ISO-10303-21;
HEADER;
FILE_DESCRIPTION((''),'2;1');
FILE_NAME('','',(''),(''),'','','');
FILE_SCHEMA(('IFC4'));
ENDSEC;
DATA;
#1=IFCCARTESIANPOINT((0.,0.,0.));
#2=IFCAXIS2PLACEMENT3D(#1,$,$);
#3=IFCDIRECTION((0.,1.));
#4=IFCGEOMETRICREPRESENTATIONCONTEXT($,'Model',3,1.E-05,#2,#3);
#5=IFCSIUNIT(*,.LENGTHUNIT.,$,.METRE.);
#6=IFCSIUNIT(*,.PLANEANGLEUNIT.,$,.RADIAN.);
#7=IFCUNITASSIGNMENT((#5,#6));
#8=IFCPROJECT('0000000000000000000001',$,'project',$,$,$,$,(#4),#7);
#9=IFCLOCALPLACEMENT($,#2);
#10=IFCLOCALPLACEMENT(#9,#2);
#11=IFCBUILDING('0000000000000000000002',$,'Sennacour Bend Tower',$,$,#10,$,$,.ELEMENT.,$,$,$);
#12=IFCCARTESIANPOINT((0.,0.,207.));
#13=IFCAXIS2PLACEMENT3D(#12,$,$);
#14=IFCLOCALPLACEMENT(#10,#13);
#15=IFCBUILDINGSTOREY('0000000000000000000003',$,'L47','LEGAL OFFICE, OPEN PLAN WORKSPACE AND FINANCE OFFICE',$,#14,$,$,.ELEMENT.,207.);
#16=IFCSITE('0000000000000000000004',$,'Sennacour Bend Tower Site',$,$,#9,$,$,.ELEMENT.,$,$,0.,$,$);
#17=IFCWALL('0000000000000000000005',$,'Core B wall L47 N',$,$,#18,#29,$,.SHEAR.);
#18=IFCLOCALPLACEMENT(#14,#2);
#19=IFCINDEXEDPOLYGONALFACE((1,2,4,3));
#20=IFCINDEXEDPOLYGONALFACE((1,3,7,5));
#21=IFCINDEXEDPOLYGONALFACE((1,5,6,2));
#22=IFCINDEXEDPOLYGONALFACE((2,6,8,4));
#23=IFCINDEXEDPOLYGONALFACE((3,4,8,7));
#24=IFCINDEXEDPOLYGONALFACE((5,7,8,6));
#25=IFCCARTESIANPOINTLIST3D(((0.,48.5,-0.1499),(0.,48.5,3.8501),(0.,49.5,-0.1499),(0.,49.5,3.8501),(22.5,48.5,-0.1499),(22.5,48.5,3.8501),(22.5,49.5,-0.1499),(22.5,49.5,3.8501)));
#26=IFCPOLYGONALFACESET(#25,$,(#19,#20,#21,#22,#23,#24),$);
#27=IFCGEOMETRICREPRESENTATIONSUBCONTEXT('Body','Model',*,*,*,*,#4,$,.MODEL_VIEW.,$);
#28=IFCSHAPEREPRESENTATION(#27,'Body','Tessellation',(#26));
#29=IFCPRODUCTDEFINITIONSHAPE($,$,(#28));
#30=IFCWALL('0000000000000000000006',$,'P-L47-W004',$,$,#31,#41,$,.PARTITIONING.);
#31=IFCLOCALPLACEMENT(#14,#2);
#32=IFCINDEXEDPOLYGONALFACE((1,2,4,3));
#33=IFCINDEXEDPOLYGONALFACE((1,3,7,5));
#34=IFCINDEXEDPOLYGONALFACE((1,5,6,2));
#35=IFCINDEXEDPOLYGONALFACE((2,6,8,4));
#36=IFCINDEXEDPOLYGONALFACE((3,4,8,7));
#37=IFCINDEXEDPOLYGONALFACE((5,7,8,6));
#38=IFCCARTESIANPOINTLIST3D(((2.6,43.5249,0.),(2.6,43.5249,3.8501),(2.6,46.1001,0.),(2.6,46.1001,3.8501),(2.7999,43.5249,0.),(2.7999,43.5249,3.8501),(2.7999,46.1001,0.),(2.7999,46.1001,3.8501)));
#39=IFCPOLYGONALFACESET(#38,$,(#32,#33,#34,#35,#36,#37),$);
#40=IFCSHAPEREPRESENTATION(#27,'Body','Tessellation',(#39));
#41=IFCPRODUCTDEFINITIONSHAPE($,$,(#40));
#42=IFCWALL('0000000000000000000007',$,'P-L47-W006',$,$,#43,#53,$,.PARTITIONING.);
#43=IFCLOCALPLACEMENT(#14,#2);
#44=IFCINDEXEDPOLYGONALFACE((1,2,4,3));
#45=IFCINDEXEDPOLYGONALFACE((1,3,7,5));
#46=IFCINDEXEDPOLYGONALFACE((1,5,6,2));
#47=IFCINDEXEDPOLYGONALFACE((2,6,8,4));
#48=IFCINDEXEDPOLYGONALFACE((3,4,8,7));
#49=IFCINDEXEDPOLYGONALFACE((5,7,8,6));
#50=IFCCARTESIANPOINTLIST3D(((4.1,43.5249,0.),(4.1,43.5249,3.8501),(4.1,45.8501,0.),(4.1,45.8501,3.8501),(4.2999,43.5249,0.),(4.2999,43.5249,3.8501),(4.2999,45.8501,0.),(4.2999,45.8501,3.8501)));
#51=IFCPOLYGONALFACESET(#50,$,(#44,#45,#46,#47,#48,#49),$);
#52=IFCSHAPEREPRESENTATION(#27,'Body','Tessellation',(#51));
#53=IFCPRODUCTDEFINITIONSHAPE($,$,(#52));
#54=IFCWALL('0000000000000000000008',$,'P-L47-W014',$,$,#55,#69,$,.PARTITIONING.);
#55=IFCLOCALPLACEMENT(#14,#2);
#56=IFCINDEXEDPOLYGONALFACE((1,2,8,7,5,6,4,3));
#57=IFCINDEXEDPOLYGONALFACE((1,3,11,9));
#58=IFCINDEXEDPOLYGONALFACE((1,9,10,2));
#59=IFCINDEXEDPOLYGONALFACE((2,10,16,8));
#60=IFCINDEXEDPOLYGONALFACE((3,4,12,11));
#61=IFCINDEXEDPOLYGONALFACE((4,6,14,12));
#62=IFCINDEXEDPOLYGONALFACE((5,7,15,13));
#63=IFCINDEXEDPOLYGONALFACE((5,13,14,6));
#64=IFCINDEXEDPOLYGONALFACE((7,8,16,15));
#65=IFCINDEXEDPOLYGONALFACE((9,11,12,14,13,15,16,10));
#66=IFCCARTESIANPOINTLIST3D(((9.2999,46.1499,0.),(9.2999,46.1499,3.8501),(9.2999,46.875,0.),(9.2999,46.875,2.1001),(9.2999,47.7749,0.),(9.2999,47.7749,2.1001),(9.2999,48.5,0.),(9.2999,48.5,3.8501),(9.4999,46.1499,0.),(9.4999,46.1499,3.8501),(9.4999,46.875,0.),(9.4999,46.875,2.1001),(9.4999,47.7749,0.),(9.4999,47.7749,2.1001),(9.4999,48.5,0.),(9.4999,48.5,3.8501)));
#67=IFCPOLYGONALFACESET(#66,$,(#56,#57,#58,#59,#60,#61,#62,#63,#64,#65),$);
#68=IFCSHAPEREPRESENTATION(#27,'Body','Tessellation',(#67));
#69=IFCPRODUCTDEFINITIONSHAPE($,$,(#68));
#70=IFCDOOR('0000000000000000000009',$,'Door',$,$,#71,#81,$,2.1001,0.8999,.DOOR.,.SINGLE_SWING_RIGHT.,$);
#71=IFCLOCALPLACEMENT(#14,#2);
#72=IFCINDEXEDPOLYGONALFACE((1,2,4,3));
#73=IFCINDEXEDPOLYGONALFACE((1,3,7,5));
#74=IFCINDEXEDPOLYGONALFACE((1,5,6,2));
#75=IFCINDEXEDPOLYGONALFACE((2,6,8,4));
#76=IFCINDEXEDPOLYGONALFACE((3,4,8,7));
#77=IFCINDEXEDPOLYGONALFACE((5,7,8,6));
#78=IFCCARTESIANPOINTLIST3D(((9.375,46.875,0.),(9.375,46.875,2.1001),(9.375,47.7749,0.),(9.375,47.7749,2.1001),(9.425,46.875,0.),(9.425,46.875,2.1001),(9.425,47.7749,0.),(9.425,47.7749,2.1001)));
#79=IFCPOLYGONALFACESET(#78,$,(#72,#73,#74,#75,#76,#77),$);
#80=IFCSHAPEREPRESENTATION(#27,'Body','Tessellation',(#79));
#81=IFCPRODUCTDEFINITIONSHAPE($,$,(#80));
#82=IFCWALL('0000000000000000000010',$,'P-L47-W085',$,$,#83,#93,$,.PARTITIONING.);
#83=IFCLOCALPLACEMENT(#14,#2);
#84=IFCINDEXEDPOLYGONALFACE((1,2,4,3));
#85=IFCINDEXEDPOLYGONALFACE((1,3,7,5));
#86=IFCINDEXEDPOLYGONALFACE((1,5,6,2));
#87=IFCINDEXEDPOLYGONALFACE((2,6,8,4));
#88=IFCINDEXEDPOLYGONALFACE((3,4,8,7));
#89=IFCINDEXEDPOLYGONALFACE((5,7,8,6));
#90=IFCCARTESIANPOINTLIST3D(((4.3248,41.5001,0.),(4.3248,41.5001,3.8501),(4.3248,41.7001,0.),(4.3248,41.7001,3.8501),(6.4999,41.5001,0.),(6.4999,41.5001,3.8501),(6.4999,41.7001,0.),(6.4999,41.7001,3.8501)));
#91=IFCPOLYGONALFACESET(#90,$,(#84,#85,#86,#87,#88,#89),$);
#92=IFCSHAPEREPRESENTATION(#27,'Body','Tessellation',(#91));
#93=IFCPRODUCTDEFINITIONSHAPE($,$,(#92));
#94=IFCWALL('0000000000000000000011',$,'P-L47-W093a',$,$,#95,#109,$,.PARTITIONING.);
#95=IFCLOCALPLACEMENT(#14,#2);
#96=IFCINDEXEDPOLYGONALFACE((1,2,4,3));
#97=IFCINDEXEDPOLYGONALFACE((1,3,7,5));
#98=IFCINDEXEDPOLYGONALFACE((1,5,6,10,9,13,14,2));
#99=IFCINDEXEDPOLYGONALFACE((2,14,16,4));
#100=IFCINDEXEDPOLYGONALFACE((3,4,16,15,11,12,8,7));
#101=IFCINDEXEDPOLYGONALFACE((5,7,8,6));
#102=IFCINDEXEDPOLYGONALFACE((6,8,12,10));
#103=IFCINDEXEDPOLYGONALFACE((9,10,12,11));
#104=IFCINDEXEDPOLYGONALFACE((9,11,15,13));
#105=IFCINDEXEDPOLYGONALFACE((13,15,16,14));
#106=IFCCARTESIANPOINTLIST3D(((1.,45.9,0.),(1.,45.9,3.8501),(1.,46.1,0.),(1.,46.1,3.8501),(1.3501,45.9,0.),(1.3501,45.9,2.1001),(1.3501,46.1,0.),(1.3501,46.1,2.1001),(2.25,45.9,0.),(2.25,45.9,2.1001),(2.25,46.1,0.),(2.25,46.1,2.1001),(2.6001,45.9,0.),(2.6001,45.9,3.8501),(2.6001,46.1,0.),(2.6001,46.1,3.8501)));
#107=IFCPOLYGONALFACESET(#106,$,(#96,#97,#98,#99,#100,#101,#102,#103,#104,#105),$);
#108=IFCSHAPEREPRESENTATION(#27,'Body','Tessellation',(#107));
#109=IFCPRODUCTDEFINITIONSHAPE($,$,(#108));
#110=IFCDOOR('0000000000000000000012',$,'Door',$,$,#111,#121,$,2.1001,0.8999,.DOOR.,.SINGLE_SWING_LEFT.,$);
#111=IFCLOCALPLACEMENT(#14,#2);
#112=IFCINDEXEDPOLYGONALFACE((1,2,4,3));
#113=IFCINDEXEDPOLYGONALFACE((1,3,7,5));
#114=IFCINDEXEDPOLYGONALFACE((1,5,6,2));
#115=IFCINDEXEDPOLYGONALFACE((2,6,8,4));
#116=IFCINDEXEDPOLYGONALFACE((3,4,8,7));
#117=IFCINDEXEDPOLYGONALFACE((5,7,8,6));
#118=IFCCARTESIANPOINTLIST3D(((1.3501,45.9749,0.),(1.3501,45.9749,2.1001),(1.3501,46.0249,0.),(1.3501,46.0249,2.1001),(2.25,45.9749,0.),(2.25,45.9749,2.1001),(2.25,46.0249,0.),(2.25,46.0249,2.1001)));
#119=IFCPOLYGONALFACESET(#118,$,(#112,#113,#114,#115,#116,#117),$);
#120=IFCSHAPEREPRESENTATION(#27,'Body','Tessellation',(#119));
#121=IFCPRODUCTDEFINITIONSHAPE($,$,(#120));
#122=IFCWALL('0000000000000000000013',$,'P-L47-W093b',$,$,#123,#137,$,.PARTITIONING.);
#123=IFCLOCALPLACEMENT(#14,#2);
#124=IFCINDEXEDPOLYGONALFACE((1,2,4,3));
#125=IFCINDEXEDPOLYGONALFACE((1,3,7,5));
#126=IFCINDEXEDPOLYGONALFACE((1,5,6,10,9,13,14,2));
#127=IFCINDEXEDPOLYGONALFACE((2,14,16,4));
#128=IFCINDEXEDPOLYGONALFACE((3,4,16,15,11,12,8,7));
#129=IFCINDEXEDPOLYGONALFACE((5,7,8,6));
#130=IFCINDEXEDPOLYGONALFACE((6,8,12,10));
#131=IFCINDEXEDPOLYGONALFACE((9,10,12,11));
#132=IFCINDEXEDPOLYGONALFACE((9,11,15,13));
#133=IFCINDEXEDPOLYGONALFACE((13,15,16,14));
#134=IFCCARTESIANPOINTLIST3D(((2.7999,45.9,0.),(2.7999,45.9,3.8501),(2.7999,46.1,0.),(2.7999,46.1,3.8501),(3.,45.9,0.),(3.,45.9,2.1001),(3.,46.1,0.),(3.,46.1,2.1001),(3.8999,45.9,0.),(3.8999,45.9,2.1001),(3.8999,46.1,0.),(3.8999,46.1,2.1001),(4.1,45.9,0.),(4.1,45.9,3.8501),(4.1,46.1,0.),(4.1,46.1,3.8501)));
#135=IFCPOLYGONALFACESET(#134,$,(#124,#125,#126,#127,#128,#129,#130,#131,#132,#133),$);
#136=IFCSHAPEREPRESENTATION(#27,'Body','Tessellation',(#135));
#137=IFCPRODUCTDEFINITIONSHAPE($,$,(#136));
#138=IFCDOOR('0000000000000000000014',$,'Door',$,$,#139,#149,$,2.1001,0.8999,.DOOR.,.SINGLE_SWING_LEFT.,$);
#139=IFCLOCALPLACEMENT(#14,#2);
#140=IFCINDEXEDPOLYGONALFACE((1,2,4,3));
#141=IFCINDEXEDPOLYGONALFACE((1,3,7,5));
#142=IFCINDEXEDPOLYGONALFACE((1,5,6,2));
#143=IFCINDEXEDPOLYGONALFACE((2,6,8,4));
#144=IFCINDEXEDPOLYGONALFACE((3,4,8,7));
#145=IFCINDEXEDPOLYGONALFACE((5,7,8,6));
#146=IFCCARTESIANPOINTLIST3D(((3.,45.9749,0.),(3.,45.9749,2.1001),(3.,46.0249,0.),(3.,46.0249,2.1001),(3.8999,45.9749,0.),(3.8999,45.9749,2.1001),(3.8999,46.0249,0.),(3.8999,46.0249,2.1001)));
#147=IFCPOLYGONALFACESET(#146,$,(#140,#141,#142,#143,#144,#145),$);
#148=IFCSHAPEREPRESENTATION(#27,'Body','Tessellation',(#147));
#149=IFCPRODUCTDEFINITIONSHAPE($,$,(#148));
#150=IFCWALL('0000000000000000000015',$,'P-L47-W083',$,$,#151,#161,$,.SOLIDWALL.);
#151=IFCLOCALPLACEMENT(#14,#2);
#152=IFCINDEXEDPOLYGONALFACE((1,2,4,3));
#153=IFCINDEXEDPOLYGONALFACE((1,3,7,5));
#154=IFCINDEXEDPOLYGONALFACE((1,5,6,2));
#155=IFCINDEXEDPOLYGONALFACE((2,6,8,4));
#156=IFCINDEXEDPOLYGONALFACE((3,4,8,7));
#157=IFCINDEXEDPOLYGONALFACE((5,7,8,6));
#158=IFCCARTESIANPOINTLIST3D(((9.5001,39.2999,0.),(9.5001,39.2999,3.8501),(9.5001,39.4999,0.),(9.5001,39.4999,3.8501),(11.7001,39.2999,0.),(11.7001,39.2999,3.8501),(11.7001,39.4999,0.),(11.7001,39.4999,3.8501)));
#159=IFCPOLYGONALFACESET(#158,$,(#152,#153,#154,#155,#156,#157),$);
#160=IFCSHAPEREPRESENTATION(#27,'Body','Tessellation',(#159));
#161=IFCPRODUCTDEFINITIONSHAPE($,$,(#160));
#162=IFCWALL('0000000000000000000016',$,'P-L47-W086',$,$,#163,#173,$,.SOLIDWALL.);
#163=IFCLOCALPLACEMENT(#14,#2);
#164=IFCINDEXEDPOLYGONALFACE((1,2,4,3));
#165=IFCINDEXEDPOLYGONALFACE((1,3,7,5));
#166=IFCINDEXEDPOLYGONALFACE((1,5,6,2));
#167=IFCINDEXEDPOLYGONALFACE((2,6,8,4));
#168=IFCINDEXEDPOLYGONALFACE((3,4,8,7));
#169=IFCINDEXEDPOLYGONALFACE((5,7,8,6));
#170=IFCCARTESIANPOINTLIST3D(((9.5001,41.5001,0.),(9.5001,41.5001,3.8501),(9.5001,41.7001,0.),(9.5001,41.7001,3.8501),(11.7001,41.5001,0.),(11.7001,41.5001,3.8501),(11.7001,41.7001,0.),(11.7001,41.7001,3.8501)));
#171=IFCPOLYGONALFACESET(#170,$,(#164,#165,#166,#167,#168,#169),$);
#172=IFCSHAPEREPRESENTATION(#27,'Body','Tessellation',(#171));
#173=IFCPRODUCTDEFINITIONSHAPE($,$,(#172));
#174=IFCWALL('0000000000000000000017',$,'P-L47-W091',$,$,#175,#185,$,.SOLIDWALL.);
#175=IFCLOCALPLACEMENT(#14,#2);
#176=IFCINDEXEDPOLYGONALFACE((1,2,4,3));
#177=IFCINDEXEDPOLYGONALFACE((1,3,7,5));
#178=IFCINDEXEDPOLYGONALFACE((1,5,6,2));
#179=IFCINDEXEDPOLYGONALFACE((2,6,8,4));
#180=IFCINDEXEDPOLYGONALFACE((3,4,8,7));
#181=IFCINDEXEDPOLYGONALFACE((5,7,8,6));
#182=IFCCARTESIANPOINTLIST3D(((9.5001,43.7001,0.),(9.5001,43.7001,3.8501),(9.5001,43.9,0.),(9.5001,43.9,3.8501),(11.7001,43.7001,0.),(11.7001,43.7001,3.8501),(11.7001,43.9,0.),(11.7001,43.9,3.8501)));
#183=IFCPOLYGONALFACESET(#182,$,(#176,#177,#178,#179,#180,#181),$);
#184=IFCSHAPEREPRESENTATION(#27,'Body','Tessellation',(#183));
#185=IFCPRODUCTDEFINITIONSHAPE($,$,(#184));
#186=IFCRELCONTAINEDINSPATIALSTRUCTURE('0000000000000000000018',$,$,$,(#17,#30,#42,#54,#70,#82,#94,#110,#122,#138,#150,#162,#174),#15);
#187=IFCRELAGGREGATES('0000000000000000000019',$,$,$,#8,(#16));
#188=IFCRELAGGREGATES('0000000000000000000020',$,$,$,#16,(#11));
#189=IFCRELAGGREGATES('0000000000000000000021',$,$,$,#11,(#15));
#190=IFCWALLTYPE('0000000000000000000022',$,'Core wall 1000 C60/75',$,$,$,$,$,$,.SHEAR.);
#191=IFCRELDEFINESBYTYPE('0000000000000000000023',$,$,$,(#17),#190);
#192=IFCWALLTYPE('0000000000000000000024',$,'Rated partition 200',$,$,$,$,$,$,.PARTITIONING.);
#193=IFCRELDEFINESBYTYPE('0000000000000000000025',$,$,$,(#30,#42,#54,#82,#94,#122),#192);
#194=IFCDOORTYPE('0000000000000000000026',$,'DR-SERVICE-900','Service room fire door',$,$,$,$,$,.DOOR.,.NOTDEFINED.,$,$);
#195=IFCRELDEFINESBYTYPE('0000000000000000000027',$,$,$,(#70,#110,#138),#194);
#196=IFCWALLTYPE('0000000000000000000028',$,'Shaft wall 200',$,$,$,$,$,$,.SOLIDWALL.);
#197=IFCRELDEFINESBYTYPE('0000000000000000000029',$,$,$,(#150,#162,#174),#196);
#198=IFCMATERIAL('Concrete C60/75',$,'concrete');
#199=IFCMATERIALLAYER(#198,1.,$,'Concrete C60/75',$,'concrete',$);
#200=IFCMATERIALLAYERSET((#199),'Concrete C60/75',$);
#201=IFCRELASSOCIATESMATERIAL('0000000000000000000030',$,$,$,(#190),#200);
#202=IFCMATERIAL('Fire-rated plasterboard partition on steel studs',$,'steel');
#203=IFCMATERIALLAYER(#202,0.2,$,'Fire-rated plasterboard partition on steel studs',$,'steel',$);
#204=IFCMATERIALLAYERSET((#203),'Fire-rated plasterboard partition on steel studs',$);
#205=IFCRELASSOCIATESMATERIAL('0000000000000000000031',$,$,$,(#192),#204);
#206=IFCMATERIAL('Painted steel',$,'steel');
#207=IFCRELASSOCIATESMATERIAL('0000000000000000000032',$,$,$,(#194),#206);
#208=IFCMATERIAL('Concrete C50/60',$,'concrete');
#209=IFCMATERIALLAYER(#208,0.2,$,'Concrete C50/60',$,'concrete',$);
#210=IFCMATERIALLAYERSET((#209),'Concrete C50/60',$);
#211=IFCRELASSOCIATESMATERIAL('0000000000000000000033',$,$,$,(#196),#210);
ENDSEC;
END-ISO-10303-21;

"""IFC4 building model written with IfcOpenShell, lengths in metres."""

from ifc_helpers import new_model, si_unit, direction, frame, frame_2d, origin, place, context, subcontext, project, spatial, rectangle, extrude, material, layer, layer_set, type_object, element, fill, save


model = new_model("IFC4")

# Units and contexts
model_context = context("Model", 3, precision=1e-05, world=origin(), true_north=direction((0.0, 1.0)))
body_context = subcontext(model_context, "Body", "Model", "MODEL_VIEW")
ifc_project = project(units=[si_unit("LENGTHUNIT", "METRE"), si_unit("PLANEANGLEUNIT", "RADIAN")], contexts=[model_context])

# Site, building, storey
site_placement = place(None, origin())
site = spatial("IfcSite", under=ifc_project, at=site_placement, Name="Sennacour Bend Tower Site", CompositionType="ELEMENT", RefElevation=0.0)
building_placement = place(site_placement, origin())
building = spatial("IfcBuilding", under=site, at=building_placement, Name="Sennacour Bend Tower", CompositionType="ELEMENT")
storey_placement = place(building_placement, frame((0.0, 0.0, 207.0)))
storey = spatial("IfcBuildingStorey", under=building, at=storey_placement, Name="L47", Description="LEGAL OFFICE, OPEN PLAN WORKSPACE AND FINANCE OFFICE", CompositionType="ELEMENT", Elevation=207.0)

# Walls
ifc_material_1 = material(Name="Concrete C60/75", Category="concrete")
ifc_layer_1 = layer(ifc_material_1, 1.0, Name="Concrete C60/75", Category="concrete")
ifc_layer_set_1 = layer_set([ifc_layer_1], Name="Concrete C60/75")
wall_type_1 = type_object("IfcWallType", Name="Core wall 1000 C60/75", PredefinedType="SHEAR", material=ifc_layer_set_1)
wall_1_placement = place(storey_placement, frame((0.0, 49.0, -0.1499), z_axis=(0.0, 0.0, 1.0), x_axis=(1.0, 0.0, 0.0)))
element("IfcWall", 1, at=wall_1_placement, inside=storey, type_object=wall_type_1, Name="Core B wall L47 N", PredefinedType="SHEAR", context=body_context, shape_type="SweptSolid", body=[
    extrude(rectangle(XDim=22.5, YDim=1.0, at=frame_2d((11.25, 0.0))), origin(), (0.0, 0.0, 1.0), 4.0),
])
ifc_material_2 = material(Name="Fire-rated plasterboard partition on steel studs", Category="steel")
ifc_layer_2 = layer(ifc_material_2, 0.2, Name="Fire-rated plasterboard partition on steel studs", Category="steel")
ifc_layer_set_2 = layer_set([ifc_layer_2], Name="Fire-rated plasterboard partition on steel studs")
wall_type_2 = type_object("IfcWallType", Name="Rated partition 200", PredefinedType="PARTITIONING", material=ifc_layer_set_2)
wall_2_placement = place(storey_placement, frame((2.7, 43.5249, 0.0), z_axis=(0.0, 0.0, 1.0), x_axis=(0.0, 1.0, 0.0)))
element("IfcWall", 2, at=wall_2_placement, inside=storey, type_object=wall_type_2, Name="P-L47-W004", PredefinedType="PARTITIONING", context=body_context, shape_type="SweptSolid", body=[
    extrude(rectangle(XDim=2.5752, YDim=0.2, at=frame_2d((1.2876, 0.0))), origin(), (0.0, 0.0, 1.0), 3.8501),
])
wall_3_placement = place(storey_placement, frame((4.2, 43.5249, 0.0), z_axis=(0.0, 0.0, 1.0), x_axis=(0.0, 1.0, 0.0)))
element("IfcWall", 3, at=wall_3_placement, inside=storey, type_object=wall_type_2, Name="P-L47-W006", PredefinedType="PARTITIONING", context=body_context, shape_type="SweptSolid", body=[
    extrude(rectangle(XDim=2.3252, YDim=0.2, at=frame_2d((1.1626, 0.0))), origin(), (0.0, 0.0, 1.0), 3.8501),
])

# Wall, opening, door
wall_4_placement = place(storey_placement, frame((9.3999, 46.1499, 0.0), z_axis=(0.0, 0.0, 1.0), x_axis=(0.0, 1.0, 0.0)))
wall_4 = element("IfcWall", 4, at=wall_4_placement, inside=storey, type_object=wall_type_2, Name="P-L47-W014", PredefinedType="PARTITIONING", context=body_context, shape_type="SweptSolid", body=[
    extrude(rectangle(XDim=2.3501, YDim=0.2, at=frame_2d((1.175, 0.0))), origin(), (0.0, 0.0, 1.0), 3.8501),
])
opening_1_placement = place(wall_4_placement, frame((0.7251, 0.0, 0.0)))
opening_1 = element("IfcOpeningElement", 5, at=opening_1_placement, cuts=wall_4, PredefinedType="OPENING", context=body_context, shape_type="SweptSolid", body=[
    extrude(rectangle(XDim=0.8999, YDim=2.1001, at=frame_2d((0.45, 1.05))), frame((0.0, 0.1099, 0.0), z_axis=(0.0, -1.0, 0.0), x_axis=(1.0, 0.0, 0.0)), (0.0, 0.0, 1.0), 0.22),
])
ifc_material_3 = material(Name="Painted steel", Category="steel")
door_type_1 = type_object("IfcDoorType", Name="DR-SERVICE-900", Description="Service room fire door", OperationType="NOTDEFINED", PredefinedType="DOOR", material=ifc_material_3)
door_1_placement = place(opening_1_placement, origin())
door_1 = element("IfcDoor", 6, at=door_1_placement, inside=storey, type_object=door_type_1, Name="Door", OperationType="SINGLE_SWING_RIGHT", OverallHeight=2.1001, OverallWidth=0.8999, PredefinedType="DOOR", context=body_context, shape_type="SweptSolid", body=[
    extrude(rectangle(XDim=0.8999, YDim=2.1001, at=frame_2d((0.45, 1.05))), frame((0.0, 0.0249, 0.0), z_axis=(0.0, -1.0, 0.0), x_axis=(1.0, 0.0, 0.0)), (0.0, 0.0, 1.0), 0.05),
])
fill(opening_1, door_1)

# Wall
wall_5_placement = place(storey_placement, frame((4.325, 41.6001, 0.0), z_axis=(0.0, 0.0, 1.0), x_axis=(1.0, 0.0, 0.0)))
element("IfcWall", 7, at=wall_5_placement, inside=storey, type_object=wall_type_2, Name="P-L47-W085", PredefinedType="PARTITIONING", context=body_context, shape_type="SweptSolid", body=[
    extrude(rectangle(XDim=2.175, YDim=0.2, at=frame_2d((1.0874, 0.0))), origin(), (0.0, 0.0, 1.0), 3.8501),
])

# Walls, openings, doors
wall_6_placement = place(storey_placement, frame((1.0, 46.0, 0.0), z_axis=(0.0, 0.0, 1.0), x_axis=(1.0, 0.0, 0.0)))
wall_6 = element("IfcWall", 8, at=wall_6_placement, inside=storey, type_object=wall_type_2, Name="P-L47-W093a", PredefinedType="PARTITIONING", context=body_context, shape_type="SweptSolid", body=[
    extrude(rectangle(XDim=1.6001, YDim=0.2, at=frame_2d((0.8, 0.0))), origin(), (0.0, 0.0, 1.0), 3.8501),
])
opening_2_placement = place(wall_6_placement, frame((0.3501, 0.0, 0.0)))
opening_2 = element("IfcOpeningElement", 9, at=opening_2_placement, cuts=wall_6, PredefinedType="OPENING", context=body_context, shape_type="SweptSolid", body=[
    extrude(rectangle(XDim=0.8999, YDim=2.1001, at=frame_2d((0.45, 1.05))), frame((0.0, 0.1099, 0.0), z_axis=(0.0, -1.0, 0.0), x_axis=(1.0, 0.0, 0.0)), (0.0, 0.0, 1.0), 0.22),
])
door_2_placement = place(opening_2_placement, origin())
door_2 = element("IfcDoor", 10, at=door_2_placement, inside=storey, type_object=door_type_1, Name="Door", OperationType="SINGLE_SWING_LEFT", OverallHeight=2.1001, OverallWidth=0.8999, PredefinedType="DOOR", context=body_context, shape_type="SweptSolid", body=[
    extrude(rectangle(XDim=0.8999, YDim=2.1001, at=frame_2d((0.45, 1.05))), frame((0.0, 0.0249, 0.0), z_axis=(0.0, -1.0, 0.0), x_axis=(1.0, 0.0, 0.0)), (0.0, 0.0, 1.0), 0.05),
])
fill(opening_2, door_2)
wall_7_placement = place(storey_placement, frame((2.8, 46.0, 0.0), z_axis=(0.0, 0.0, 1.0), x_axis=(1.0, 0.0, 0.0)))
wall_7 = element("IfcWall", 11, at=wall_7_placement, inside=storey, type_object=wall_type_2, Name="P-L47-W093b", PredefinedType="PARTITIONING", context=body_context, shape_type="SweptSolid", body=[
    extrude(rectangle(XDim=1.3, YDim=0.2, at=frame_2d((0.6499, 0.0))), origin(), (0.0, 0.0, 1.0), 3.8501),
])
opening_3_placement = place(wall_7_placement, frame((0.2, 0.0, 0.0)))
opening_3 = element("IfcOpeningElement", 12, at=opening_3_placement, cuts=wall_7, PredefinedType="OPENING", context=body_context, shape_type="SweptSolid", body=[
    extrude(rectangle(XDim=0.8999, YDim=2.1001, at=frame_2d((0.45, 1.05))), frame((0.0, 0.1099, 0.0), z_axis=(0.0, -1.0, 0.0), x_axis=(1.0, 0.0, 0.0)), (0.0, 0.0, 1.0), 0.22),
])
door_3_placement = place(opening_3_placement, origin())
door_3 = element("IfcDoor", 13, at=door_3_placement, inside=storey, type_object=door_type_1, Name="Door", OperationType="SINGLE_SWING_LEFT", OverallHeight=2.1001, OverallWidth=0.8999, PredefinedType="DOOR", context=body_context, shape_type="SweptSolid", body=[
    extrude(rectangle(XDim=0.8999, YDim=2.1001, at=frame_2d((0.45, 1.05))), frame((0.0, 0.0249, 0.0), z_axis=(0.0, -1.0, 0.0), x_axis=(1.0, 0.0, 0.0)), (0.0, 0.0, 1.0), 0.05),
])
fill(opening_3, door_3)

# Walls
ifc_material_4 = material(Name="Concrete C50/60", Category="concrete")
ifc_layer_3 = layer(ifc_material_4, 0.2, Name="Concrete C50/60", Category="concrete")
ifc_layer_set_3 = layer_set([ifc_layer_3], Name="Concrete C50/60")
wall_type_3 = type_object("IfcWallType", Name="Shaft wall 200", PredefinedType="SOLIDWALL", material=ifc_layer_set_3)
for number, where, z_axis, x_axis, name in (
    (14, (9.5, 39.3999, 0.0), (0.0, 0.0, 1.0), (1.0, 0.0, 0.0), "P-L47-W083"),
    (15, (9.5, 41.6001, 0.0), (0.0, 0.0, 1.0), (1.0, 0.0, 0.0), "P-L47-W086"),
    (16, (9.5, 43.8, 0.0), (0.0, 0.0, 1.0), (1.0, 0.0, 0.0), "P-L47-W091"),
):
    element("IfcWall", number, at=place(storey_placement, frame(where, z_axis=z_axis, x_axis=x_axis)), inside=storey, type_object=wall_type_3, Name=name, PredefinedType="SOLIDWALL", context=body_context, shape_type="SweptSolid", body=[
        extrude(rectangle(XDim=2.2, YDim=0.2, at=frame_2d((1.1001, 0.0))), origin(), (0.0, 0.0, 1.0), 3.8501),
    ])

save(model, "model.ifc")
